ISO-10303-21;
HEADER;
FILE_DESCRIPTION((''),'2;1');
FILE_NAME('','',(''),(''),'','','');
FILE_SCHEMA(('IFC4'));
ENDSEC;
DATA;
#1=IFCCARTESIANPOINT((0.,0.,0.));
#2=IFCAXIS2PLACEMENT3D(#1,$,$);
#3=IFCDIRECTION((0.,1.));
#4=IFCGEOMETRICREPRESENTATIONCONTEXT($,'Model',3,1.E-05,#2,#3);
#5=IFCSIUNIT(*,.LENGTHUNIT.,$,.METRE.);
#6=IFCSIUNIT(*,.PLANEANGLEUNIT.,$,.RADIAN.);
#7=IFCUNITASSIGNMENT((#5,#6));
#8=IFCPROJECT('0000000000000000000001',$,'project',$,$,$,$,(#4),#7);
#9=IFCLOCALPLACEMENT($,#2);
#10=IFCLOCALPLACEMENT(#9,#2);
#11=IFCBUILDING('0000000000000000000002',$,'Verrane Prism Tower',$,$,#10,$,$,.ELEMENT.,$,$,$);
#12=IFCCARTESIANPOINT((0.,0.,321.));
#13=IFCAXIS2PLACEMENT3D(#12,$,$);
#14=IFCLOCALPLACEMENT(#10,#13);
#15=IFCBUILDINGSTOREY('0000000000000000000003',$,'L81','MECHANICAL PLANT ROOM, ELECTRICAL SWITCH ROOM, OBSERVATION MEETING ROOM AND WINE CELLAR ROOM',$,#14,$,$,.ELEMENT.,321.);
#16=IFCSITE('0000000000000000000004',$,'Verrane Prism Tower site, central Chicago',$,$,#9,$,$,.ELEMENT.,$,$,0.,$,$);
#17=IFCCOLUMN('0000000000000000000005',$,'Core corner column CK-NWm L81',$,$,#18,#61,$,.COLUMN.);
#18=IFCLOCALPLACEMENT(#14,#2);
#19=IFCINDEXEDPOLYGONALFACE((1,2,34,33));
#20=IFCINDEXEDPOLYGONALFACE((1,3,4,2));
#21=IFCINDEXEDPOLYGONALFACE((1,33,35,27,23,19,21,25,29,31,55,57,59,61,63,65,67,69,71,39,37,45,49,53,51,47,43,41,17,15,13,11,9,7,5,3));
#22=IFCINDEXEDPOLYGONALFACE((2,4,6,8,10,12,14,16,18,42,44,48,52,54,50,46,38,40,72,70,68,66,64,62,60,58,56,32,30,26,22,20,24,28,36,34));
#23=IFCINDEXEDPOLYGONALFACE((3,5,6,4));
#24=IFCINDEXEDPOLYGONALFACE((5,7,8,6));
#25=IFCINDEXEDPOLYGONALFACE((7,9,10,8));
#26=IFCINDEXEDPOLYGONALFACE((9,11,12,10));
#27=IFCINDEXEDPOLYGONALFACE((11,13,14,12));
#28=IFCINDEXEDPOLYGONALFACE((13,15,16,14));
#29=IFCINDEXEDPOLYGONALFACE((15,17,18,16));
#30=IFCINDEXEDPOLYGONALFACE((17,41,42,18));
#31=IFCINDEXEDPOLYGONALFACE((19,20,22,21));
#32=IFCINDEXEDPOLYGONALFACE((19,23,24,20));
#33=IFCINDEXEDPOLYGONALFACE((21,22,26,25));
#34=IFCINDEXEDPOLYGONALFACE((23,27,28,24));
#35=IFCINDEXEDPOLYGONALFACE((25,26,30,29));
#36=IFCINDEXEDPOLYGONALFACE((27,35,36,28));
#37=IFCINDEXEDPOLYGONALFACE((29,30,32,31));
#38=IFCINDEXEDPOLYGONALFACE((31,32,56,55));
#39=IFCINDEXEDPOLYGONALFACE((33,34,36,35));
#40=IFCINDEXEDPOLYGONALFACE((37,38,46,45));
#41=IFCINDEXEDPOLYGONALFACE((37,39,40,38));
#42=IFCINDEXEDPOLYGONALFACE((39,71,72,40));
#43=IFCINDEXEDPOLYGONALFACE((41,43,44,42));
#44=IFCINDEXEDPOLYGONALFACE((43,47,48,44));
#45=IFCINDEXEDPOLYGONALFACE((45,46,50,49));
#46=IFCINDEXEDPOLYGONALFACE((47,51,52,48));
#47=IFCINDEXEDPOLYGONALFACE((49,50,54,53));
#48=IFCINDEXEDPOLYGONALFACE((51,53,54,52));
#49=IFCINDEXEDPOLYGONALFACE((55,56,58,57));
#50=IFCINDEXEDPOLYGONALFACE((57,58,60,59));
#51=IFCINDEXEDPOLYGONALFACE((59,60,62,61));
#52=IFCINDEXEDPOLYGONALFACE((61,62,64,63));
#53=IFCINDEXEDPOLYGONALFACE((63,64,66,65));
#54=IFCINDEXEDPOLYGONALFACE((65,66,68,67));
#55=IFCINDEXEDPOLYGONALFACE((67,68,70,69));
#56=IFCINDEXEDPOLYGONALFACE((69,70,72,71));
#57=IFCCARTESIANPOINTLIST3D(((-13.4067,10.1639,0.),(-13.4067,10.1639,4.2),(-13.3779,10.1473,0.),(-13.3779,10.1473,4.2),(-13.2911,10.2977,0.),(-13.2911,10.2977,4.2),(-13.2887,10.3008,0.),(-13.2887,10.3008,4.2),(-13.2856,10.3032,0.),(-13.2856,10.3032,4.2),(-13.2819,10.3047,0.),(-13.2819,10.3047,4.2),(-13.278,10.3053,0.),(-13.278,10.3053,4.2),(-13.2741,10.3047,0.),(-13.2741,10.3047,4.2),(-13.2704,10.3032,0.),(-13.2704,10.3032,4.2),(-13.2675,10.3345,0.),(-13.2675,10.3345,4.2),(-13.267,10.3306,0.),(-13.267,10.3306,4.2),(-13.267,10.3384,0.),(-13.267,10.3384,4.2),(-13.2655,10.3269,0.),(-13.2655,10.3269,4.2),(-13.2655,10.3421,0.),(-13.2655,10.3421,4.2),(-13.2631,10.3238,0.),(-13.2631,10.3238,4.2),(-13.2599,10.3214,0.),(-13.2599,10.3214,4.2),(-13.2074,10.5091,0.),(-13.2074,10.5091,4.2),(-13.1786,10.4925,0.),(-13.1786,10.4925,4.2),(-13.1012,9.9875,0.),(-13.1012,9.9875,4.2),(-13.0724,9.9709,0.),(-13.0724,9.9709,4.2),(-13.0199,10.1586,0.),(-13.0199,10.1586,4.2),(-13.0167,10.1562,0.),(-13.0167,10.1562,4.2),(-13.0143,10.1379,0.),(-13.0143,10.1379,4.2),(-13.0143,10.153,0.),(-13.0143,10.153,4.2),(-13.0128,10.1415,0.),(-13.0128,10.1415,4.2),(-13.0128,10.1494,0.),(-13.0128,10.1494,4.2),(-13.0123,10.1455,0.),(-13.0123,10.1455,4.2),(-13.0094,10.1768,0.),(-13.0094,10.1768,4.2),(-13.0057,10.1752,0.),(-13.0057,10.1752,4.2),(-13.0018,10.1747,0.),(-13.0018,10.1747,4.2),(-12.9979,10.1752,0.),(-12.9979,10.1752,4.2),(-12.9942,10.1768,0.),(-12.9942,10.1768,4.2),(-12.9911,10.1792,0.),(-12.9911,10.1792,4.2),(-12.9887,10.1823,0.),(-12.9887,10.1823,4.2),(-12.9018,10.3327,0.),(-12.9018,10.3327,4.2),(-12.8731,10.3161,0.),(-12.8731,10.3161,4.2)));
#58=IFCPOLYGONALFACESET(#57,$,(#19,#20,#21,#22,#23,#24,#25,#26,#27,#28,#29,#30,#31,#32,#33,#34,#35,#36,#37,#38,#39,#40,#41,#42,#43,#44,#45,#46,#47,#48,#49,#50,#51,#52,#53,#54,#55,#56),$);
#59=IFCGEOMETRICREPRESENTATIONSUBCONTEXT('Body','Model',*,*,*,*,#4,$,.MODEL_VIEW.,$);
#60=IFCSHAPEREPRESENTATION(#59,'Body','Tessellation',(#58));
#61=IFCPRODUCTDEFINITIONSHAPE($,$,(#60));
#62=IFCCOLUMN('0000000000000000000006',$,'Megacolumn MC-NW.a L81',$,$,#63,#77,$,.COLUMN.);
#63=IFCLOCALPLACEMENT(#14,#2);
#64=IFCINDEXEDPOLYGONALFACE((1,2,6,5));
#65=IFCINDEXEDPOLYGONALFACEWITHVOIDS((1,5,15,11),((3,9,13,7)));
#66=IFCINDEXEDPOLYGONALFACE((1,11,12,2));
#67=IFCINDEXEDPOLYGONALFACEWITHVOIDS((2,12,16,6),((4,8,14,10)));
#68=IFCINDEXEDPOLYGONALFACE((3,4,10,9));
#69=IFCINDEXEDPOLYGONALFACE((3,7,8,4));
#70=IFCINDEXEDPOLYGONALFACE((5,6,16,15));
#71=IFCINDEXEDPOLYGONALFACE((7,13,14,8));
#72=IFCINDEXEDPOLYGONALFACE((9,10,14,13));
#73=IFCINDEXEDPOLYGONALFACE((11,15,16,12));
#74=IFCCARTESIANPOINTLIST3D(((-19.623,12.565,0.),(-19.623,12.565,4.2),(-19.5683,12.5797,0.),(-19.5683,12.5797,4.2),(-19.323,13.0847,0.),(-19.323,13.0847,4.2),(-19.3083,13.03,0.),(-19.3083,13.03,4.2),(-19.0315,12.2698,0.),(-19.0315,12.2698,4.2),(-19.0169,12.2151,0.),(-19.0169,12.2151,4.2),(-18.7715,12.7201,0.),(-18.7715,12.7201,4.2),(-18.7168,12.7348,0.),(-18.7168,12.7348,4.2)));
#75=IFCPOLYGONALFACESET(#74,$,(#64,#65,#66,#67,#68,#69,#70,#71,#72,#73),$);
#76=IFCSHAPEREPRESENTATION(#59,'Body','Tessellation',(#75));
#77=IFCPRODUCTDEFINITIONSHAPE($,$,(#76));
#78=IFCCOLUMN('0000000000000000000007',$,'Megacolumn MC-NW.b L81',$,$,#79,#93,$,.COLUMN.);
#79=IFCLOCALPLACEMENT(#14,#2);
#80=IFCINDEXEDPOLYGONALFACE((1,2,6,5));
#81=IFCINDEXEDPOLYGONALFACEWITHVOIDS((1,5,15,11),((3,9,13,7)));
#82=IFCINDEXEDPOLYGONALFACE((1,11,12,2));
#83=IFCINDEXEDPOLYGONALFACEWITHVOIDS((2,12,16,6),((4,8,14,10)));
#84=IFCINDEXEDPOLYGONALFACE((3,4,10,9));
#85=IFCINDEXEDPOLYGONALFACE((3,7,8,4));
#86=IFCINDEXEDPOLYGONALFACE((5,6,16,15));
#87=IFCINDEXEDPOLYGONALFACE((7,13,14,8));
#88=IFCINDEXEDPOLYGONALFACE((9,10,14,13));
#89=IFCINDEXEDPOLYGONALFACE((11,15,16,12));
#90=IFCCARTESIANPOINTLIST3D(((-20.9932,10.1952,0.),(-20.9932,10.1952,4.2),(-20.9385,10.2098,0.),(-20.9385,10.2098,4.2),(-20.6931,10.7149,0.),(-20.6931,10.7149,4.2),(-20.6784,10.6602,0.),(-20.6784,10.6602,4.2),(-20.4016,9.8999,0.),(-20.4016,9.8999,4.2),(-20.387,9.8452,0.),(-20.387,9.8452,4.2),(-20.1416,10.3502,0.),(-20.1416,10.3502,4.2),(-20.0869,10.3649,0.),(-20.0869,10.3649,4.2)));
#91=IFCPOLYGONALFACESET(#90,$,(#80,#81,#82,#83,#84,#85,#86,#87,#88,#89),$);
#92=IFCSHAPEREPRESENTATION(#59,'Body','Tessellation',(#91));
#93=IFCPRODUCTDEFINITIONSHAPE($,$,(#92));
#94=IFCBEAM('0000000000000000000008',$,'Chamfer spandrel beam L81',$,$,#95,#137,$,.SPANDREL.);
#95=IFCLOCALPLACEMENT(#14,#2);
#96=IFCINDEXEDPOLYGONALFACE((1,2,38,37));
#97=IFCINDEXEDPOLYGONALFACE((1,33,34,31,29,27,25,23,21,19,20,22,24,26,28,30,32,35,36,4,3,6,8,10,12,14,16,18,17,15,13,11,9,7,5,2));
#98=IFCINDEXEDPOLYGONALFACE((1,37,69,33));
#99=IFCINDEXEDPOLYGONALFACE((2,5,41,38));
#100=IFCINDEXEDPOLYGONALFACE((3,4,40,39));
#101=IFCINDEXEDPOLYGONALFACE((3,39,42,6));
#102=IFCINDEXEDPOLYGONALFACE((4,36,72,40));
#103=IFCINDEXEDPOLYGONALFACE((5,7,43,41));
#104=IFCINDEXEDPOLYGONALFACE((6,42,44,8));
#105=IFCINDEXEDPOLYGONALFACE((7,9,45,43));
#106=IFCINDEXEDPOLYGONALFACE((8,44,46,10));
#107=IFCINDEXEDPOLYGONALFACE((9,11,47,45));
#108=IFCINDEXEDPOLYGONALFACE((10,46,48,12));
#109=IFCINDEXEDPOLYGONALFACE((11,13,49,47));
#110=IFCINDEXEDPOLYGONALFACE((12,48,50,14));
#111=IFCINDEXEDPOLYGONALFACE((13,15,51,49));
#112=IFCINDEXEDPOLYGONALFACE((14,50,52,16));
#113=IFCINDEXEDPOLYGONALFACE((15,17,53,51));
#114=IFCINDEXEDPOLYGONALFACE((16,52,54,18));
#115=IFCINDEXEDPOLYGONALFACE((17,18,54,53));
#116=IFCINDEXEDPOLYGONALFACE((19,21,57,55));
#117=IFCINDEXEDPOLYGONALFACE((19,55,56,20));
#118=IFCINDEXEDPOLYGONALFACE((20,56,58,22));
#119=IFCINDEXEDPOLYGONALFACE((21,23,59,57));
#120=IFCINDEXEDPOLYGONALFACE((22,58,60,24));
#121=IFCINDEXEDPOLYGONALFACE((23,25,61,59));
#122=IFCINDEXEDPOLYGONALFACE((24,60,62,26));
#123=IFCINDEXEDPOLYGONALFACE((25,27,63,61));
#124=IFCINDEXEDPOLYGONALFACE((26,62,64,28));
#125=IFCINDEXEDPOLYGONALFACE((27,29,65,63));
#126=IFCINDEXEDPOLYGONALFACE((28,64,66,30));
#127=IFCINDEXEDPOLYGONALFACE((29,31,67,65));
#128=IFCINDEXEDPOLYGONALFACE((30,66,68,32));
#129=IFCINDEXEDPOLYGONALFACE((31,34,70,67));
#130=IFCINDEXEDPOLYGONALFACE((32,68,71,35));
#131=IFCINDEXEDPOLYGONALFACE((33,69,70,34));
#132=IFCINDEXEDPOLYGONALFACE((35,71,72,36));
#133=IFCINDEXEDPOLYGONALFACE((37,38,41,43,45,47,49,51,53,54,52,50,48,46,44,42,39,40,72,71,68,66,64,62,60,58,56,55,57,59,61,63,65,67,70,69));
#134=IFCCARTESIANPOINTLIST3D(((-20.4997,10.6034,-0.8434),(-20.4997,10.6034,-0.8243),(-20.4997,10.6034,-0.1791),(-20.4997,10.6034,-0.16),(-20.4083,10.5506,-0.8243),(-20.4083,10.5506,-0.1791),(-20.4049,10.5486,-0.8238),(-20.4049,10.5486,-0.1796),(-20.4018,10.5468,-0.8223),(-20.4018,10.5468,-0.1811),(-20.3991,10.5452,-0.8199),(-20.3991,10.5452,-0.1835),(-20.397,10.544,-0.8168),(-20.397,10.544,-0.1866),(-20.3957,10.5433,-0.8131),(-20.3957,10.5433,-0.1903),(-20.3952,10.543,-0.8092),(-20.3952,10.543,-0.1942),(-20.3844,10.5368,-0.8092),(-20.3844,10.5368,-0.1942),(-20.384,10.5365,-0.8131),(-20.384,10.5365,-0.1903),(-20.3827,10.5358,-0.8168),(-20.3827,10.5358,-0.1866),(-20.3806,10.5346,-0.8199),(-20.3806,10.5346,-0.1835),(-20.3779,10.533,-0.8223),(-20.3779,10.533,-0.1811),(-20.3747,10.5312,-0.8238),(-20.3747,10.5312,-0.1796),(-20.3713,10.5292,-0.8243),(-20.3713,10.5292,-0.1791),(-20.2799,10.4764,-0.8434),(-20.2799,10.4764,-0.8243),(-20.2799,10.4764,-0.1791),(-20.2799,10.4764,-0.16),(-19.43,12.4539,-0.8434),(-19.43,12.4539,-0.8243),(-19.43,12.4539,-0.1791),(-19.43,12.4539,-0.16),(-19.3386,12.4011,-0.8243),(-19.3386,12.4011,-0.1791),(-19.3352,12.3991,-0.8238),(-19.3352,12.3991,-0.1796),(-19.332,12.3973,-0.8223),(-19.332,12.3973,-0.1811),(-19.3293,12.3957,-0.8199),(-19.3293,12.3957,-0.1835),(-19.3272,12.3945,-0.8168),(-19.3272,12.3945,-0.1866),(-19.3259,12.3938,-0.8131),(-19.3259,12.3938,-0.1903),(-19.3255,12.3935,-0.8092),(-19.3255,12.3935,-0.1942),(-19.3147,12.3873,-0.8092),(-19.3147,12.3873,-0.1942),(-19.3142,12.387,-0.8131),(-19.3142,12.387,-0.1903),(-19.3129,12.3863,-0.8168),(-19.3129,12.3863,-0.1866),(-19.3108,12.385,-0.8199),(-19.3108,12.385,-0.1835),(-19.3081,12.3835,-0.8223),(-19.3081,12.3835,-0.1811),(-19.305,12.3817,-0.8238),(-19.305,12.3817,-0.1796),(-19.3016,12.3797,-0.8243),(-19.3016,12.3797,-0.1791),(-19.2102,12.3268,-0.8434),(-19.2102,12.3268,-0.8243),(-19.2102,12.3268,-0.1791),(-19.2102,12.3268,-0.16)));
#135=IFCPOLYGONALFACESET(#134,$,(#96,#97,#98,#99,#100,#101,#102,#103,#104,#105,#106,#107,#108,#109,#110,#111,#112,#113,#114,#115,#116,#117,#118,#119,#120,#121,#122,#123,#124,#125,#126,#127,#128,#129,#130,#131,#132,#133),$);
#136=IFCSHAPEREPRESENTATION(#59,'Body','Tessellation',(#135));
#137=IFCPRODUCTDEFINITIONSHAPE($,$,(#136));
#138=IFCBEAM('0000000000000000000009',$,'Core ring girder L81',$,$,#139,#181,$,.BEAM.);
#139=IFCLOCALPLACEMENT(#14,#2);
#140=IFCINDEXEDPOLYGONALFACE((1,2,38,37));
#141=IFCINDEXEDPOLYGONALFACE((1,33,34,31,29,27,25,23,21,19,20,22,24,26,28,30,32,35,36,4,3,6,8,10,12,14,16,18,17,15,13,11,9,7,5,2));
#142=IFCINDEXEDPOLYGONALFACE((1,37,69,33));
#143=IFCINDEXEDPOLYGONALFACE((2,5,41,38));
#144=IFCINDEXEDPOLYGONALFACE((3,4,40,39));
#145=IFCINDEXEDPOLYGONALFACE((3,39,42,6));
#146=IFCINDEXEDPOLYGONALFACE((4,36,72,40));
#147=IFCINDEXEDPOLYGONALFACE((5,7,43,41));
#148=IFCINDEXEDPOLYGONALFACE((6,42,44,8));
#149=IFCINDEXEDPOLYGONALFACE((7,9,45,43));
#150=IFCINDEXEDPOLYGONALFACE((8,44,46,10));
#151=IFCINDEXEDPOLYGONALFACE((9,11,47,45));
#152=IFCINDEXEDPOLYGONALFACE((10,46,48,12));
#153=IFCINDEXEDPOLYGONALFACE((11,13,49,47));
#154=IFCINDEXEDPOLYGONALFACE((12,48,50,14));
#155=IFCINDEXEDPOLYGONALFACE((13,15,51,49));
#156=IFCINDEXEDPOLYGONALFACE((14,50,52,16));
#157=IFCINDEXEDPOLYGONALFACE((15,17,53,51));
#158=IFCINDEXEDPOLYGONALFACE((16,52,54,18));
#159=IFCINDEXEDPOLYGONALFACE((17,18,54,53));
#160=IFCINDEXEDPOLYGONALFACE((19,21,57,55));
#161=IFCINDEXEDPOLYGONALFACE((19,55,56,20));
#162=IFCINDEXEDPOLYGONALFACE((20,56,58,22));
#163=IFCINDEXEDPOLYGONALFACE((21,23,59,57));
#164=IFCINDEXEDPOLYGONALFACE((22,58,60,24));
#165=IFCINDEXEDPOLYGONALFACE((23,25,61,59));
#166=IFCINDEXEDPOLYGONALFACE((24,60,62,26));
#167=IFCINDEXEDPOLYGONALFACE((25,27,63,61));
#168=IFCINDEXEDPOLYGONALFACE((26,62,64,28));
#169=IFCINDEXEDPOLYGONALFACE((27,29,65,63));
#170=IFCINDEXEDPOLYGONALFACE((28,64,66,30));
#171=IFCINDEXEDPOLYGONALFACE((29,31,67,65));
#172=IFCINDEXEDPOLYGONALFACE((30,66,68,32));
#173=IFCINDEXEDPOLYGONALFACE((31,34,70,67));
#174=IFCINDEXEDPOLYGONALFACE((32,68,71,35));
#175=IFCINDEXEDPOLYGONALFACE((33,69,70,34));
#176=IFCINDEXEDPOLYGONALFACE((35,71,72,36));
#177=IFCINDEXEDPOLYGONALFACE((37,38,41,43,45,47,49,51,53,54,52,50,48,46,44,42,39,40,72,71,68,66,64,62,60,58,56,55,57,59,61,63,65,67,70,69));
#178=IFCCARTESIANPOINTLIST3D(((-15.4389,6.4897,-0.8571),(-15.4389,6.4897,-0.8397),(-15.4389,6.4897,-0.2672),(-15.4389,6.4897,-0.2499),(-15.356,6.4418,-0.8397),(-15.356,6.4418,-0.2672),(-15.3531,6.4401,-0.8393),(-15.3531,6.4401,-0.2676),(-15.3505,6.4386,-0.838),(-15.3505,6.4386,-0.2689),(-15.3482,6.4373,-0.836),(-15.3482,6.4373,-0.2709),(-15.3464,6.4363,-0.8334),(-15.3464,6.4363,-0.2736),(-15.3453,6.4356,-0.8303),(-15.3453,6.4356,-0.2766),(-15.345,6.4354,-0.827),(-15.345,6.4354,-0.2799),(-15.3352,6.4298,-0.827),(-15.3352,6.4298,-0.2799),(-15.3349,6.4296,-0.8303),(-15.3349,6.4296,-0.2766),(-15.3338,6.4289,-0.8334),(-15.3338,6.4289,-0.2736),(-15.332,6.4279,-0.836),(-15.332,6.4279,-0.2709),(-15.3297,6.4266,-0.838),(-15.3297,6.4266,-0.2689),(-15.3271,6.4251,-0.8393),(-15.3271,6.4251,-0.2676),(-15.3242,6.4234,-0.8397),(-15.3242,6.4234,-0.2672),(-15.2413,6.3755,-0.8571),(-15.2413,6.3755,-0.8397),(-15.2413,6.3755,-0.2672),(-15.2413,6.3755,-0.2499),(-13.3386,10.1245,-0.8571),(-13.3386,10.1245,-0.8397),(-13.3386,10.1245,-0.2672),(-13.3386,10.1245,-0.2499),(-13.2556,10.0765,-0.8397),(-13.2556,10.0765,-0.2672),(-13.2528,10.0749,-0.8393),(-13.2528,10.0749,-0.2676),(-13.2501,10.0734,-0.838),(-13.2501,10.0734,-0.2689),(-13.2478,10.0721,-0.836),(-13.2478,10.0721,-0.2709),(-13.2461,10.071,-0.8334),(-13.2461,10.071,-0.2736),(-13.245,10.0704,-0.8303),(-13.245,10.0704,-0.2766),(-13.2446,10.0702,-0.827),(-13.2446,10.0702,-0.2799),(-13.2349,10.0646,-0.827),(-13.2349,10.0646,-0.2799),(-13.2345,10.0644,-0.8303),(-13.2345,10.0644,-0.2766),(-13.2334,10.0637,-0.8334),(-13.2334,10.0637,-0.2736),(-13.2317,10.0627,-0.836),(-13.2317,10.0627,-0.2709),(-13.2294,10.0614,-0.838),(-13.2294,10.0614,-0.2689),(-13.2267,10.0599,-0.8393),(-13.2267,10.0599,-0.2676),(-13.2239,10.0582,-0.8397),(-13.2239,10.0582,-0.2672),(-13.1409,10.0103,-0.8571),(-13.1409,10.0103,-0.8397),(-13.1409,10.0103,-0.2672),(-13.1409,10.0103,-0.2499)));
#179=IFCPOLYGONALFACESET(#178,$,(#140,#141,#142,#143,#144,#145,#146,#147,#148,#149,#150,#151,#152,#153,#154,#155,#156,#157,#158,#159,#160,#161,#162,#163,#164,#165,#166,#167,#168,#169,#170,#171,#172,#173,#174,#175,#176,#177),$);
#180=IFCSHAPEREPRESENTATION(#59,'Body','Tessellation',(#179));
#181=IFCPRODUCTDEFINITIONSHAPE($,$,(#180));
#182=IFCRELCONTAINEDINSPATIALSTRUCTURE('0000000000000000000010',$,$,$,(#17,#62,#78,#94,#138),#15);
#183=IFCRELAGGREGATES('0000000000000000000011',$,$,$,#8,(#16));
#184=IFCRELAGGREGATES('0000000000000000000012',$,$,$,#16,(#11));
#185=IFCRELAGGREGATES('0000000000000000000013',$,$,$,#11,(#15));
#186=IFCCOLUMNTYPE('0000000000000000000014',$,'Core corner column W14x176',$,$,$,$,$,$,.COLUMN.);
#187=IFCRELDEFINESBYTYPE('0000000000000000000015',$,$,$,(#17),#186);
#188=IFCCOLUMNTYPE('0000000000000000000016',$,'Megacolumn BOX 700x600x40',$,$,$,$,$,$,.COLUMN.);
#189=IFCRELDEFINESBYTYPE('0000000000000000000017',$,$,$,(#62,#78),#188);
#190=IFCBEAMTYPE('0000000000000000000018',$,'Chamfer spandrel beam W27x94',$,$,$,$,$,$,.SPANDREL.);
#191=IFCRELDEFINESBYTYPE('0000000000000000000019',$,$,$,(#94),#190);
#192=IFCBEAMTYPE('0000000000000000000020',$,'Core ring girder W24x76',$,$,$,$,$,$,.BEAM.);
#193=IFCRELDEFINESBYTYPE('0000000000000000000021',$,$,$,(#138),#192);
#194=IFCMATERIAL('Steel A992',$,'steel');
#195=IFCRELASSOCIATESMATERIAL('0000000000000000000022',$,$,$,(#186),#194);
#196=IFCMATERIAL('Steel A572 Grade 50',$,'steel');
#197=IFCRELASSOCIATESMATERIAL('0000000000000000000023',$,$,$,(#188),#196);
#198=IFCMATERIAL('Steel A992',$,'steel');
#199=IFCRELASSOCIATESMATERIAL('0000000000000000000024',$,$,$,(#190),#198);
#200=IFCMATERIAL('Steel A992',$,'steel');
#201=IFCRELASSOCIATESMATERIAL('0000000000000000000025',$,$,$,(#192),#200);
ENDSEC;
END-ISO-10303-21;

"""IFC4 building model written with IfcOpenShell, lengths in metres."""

from ifc_helpers import new_model, si_unit, direction, frame, origin, origin_2d, place, context, subcontext, project, spatial, hollow_rectangle, i_section, extrude, material, material_profile, profile_set, type_object, element, save


model = new_model("IFC4")

# Units and contexts
model_context = context("Model", 3, precision=1e-05, world=origin(), true_north=direction((0.0, 1.0)))
body_context = subcontext(model_context, "Body", "Model", "MODEL_VIEW")
ifc_project = project(units=[si_unit("LENGTHUNIT", "METRE"), si_unit("PLANEANGLEUNIT", "RADIAN")], contexts=[model_context])

# Site, building, storey
site_placement = place(None, origin())
site = spatial("IfcSite", under=ifc_project, at=site_placement, Name="Verrane Prism Tower site, central Chicago", CompositionType="ELEMENT", RefElevation=0.0)
building_placement = place(site_placement, origin())
building = spatial("IfcBuilding", under=site, at=building_placement, Name="Verrane Prism Tower", CompositionType="ELEMENT")
storey_placement = place(building_placement, frame((0.0, 0.0, 321.0)))
storey = spatial("IfcBuildingStorey", under=building, at=storey_placement, Name="L81", Description="MECHANICAL PLANT ROOM, ELECTRICAL SWITCH ROOM, OBSERVATION MEETING ROOM AND WINE CELLAR ROOM", CompositionType="ELEMENT", Elevation=321.0)

# Columns
ifc_material_1 = material(Name="Steel A992", Category="steel")
ifc_material_profile_1 = material_profile(ifc_material_1, i_section(OverallWidth=0.3987, OverallDepth=0.386, WebThickness=0.021, FlangeThickness=0.0332, FilletRadius=0.0151, at=origin_2d()), Name="W14x176")
ifc_profile_set_1 = profile_set([ifc_material_profile_1], Name="Steel A992")
column_type_1 = type_object("IfcColumnType", Name="Core corner column W14x176", PredefinedType="COLUMN", material=ifc_profile_set_1)
column_placement = place(storey_placement, frame((-13.1399, 10.24, 0.0), z_axis=(0.0, 0.0, 1.0), x_axis=(0.5, 0.866025, 0.0)))
element("IfcColumn", 1, at=column_placement, inside=storey, type_object=column_type_1, Name="Core corner column CK-NWm L81", PredefinedType="COLUMN", context=body_context, shape_type="SweptSolid", body=[
    extrude(i_section(OverallWidth=0.3987, OverallDepth=0.386, WebThickness=0.021, FlangeThickness=0.0332, FilletRadius=0.0151, at=origin_2d()), origin(), (0.0, 0.0, 1.0), 4.2),
])
ifc_material_2 = material(Name="Steel A572 Grade 50", Category="steel")
ifc_material_profile_2 = material_profile(ifc_material_2, hollow_rectangle(XDim=0.6001, YDim=0.7, WallThickness=0.04, at=origin_2d()), Name="BOX 700x600x40")
ifc_profile_set_2 = profile_set([ifc_material_profile_2], Name="Steel A572 Grade 50")
column_type_2 = type_object("IfcColumnType", Name="Megacolumn BOX 700x600x40", PredefinedType="COLUMN", material=ifc_profile_set_2)
for number, where, z_axis, x_axis, name in (
    (2, (-19.1699, 12.6499, 0.0), (0.0, 0.0, 1.0), (0.5, 0.866025, 0.0), "Megacolumn MC-NW.a L81"),
    (3, (-20.54, 10.28, 0.0), (0.0, 0.0, 1.0), (0.5, 0.866025, 0.0), "Megacolumn MC-NW.b L81"),
):
    element("IfcColumn", number, at=place(storey_placement, frame(where, z_axis=z_axis, x_axis=x_axis)), inside=storey, type_object=column_type_2, Name=name, PredefinedType="COLUMN", context=body_context, shape_type="SweptSolid", body=[
        extrude(hollow_rectangle(XDim=0.6001, YDim=0.7, WallThickness=0.04, at=origin_2d()), origin(), (0.0, 0.0, 1.0), 4.2),
    ])

# Beams
ifc_material_3 = material(Name="Steel A992", Category="steel")
ifc_material_profile_3 = material_profile(ifc_material_3, i_section(OverallWidth=0.2539, OverallDepth=0.6833, WebThickness=0.0125, FlangeThickness=0.019, FilletRadius=0.0151, at=origin_2d()), Name="W27x94")
ifc_profile_set_3 = profile_set([ifc_material_profile_3], Name="Steel A992")
beam_type_1 = type_object("IfcBeamType", Name="Chamfer spandrel beam W27x94", PredefinedType="SPANDREL", material=ifc_profile_set_3)
beam_1_placement = place(storey_placement, frame((-19.3201, 12.3904, -0.5017), z_axis=(-0.500487, -0.865744, 0.0), x_axis=(0.865744, -0.500487, 0.0)))
element("IfcBeam", 4, at=beam_1_placement, inside=storey, type_object=beam_type_1, Name="Chamfer spandrel beam L81", PredefinedType="SPANDREL", context=body_context, shape_type="SweptSolid", body=[
    extrude(i_section(OverallWidth=0.2539, OverallDepth=0.6833, WebThickness=0.0125, FlangeThickness=0.019, FilletRadius=0.0151, at=origin_2d()), origin(), (0.0, 0.0, 1.0), 2.1375),
])
ifc_material_4 = material(Name="Steel A992", Category="steel")
ifc_material_profile_4 = material_profile(ifc_material_4, i_section(OverallWidth=0.2283, OverallDepth=0.6072, WebThickness=0.0112, FlangeThickness=0.0173, FilletRadius=0.0127, at=origin_2d()), Name="W24x76")
ifc_profile_set_4 = profile_set([ifc_material_profile_4], Name="Steel A992")
beam_type_2 = type_object("IfcBeamType", Name="Core ring girder W24x76", PredefinedType="BEAM", material=ifc_profile_set_4)
beam_2_placement = place(storey_placement, frame((-13.2397, 10.0674, -0.5535), z_axis=(-0.500323, -0.865839, 0.0), x_axis=(0.865839, -0.500323, 0.0)))
element("IfcBeam", 5, at=beam_2_placement, inside=storey, type_object=beam_type_2, Name="Core ring girder L81", PredefinedType="BEAM", context=body_context, shape_type="SweptSolid", body=[
    extrude(i_section(OverallWidth=0.2283, OverallDepth=0.6072, WebThickness=0.0112, FlangeThickness=0.0173, FilletRadius=0.0127, at=origin_2d()), origin(), (0.0, 0.0, 1.0), 4.198),
])

save(model, "model.ifc")
